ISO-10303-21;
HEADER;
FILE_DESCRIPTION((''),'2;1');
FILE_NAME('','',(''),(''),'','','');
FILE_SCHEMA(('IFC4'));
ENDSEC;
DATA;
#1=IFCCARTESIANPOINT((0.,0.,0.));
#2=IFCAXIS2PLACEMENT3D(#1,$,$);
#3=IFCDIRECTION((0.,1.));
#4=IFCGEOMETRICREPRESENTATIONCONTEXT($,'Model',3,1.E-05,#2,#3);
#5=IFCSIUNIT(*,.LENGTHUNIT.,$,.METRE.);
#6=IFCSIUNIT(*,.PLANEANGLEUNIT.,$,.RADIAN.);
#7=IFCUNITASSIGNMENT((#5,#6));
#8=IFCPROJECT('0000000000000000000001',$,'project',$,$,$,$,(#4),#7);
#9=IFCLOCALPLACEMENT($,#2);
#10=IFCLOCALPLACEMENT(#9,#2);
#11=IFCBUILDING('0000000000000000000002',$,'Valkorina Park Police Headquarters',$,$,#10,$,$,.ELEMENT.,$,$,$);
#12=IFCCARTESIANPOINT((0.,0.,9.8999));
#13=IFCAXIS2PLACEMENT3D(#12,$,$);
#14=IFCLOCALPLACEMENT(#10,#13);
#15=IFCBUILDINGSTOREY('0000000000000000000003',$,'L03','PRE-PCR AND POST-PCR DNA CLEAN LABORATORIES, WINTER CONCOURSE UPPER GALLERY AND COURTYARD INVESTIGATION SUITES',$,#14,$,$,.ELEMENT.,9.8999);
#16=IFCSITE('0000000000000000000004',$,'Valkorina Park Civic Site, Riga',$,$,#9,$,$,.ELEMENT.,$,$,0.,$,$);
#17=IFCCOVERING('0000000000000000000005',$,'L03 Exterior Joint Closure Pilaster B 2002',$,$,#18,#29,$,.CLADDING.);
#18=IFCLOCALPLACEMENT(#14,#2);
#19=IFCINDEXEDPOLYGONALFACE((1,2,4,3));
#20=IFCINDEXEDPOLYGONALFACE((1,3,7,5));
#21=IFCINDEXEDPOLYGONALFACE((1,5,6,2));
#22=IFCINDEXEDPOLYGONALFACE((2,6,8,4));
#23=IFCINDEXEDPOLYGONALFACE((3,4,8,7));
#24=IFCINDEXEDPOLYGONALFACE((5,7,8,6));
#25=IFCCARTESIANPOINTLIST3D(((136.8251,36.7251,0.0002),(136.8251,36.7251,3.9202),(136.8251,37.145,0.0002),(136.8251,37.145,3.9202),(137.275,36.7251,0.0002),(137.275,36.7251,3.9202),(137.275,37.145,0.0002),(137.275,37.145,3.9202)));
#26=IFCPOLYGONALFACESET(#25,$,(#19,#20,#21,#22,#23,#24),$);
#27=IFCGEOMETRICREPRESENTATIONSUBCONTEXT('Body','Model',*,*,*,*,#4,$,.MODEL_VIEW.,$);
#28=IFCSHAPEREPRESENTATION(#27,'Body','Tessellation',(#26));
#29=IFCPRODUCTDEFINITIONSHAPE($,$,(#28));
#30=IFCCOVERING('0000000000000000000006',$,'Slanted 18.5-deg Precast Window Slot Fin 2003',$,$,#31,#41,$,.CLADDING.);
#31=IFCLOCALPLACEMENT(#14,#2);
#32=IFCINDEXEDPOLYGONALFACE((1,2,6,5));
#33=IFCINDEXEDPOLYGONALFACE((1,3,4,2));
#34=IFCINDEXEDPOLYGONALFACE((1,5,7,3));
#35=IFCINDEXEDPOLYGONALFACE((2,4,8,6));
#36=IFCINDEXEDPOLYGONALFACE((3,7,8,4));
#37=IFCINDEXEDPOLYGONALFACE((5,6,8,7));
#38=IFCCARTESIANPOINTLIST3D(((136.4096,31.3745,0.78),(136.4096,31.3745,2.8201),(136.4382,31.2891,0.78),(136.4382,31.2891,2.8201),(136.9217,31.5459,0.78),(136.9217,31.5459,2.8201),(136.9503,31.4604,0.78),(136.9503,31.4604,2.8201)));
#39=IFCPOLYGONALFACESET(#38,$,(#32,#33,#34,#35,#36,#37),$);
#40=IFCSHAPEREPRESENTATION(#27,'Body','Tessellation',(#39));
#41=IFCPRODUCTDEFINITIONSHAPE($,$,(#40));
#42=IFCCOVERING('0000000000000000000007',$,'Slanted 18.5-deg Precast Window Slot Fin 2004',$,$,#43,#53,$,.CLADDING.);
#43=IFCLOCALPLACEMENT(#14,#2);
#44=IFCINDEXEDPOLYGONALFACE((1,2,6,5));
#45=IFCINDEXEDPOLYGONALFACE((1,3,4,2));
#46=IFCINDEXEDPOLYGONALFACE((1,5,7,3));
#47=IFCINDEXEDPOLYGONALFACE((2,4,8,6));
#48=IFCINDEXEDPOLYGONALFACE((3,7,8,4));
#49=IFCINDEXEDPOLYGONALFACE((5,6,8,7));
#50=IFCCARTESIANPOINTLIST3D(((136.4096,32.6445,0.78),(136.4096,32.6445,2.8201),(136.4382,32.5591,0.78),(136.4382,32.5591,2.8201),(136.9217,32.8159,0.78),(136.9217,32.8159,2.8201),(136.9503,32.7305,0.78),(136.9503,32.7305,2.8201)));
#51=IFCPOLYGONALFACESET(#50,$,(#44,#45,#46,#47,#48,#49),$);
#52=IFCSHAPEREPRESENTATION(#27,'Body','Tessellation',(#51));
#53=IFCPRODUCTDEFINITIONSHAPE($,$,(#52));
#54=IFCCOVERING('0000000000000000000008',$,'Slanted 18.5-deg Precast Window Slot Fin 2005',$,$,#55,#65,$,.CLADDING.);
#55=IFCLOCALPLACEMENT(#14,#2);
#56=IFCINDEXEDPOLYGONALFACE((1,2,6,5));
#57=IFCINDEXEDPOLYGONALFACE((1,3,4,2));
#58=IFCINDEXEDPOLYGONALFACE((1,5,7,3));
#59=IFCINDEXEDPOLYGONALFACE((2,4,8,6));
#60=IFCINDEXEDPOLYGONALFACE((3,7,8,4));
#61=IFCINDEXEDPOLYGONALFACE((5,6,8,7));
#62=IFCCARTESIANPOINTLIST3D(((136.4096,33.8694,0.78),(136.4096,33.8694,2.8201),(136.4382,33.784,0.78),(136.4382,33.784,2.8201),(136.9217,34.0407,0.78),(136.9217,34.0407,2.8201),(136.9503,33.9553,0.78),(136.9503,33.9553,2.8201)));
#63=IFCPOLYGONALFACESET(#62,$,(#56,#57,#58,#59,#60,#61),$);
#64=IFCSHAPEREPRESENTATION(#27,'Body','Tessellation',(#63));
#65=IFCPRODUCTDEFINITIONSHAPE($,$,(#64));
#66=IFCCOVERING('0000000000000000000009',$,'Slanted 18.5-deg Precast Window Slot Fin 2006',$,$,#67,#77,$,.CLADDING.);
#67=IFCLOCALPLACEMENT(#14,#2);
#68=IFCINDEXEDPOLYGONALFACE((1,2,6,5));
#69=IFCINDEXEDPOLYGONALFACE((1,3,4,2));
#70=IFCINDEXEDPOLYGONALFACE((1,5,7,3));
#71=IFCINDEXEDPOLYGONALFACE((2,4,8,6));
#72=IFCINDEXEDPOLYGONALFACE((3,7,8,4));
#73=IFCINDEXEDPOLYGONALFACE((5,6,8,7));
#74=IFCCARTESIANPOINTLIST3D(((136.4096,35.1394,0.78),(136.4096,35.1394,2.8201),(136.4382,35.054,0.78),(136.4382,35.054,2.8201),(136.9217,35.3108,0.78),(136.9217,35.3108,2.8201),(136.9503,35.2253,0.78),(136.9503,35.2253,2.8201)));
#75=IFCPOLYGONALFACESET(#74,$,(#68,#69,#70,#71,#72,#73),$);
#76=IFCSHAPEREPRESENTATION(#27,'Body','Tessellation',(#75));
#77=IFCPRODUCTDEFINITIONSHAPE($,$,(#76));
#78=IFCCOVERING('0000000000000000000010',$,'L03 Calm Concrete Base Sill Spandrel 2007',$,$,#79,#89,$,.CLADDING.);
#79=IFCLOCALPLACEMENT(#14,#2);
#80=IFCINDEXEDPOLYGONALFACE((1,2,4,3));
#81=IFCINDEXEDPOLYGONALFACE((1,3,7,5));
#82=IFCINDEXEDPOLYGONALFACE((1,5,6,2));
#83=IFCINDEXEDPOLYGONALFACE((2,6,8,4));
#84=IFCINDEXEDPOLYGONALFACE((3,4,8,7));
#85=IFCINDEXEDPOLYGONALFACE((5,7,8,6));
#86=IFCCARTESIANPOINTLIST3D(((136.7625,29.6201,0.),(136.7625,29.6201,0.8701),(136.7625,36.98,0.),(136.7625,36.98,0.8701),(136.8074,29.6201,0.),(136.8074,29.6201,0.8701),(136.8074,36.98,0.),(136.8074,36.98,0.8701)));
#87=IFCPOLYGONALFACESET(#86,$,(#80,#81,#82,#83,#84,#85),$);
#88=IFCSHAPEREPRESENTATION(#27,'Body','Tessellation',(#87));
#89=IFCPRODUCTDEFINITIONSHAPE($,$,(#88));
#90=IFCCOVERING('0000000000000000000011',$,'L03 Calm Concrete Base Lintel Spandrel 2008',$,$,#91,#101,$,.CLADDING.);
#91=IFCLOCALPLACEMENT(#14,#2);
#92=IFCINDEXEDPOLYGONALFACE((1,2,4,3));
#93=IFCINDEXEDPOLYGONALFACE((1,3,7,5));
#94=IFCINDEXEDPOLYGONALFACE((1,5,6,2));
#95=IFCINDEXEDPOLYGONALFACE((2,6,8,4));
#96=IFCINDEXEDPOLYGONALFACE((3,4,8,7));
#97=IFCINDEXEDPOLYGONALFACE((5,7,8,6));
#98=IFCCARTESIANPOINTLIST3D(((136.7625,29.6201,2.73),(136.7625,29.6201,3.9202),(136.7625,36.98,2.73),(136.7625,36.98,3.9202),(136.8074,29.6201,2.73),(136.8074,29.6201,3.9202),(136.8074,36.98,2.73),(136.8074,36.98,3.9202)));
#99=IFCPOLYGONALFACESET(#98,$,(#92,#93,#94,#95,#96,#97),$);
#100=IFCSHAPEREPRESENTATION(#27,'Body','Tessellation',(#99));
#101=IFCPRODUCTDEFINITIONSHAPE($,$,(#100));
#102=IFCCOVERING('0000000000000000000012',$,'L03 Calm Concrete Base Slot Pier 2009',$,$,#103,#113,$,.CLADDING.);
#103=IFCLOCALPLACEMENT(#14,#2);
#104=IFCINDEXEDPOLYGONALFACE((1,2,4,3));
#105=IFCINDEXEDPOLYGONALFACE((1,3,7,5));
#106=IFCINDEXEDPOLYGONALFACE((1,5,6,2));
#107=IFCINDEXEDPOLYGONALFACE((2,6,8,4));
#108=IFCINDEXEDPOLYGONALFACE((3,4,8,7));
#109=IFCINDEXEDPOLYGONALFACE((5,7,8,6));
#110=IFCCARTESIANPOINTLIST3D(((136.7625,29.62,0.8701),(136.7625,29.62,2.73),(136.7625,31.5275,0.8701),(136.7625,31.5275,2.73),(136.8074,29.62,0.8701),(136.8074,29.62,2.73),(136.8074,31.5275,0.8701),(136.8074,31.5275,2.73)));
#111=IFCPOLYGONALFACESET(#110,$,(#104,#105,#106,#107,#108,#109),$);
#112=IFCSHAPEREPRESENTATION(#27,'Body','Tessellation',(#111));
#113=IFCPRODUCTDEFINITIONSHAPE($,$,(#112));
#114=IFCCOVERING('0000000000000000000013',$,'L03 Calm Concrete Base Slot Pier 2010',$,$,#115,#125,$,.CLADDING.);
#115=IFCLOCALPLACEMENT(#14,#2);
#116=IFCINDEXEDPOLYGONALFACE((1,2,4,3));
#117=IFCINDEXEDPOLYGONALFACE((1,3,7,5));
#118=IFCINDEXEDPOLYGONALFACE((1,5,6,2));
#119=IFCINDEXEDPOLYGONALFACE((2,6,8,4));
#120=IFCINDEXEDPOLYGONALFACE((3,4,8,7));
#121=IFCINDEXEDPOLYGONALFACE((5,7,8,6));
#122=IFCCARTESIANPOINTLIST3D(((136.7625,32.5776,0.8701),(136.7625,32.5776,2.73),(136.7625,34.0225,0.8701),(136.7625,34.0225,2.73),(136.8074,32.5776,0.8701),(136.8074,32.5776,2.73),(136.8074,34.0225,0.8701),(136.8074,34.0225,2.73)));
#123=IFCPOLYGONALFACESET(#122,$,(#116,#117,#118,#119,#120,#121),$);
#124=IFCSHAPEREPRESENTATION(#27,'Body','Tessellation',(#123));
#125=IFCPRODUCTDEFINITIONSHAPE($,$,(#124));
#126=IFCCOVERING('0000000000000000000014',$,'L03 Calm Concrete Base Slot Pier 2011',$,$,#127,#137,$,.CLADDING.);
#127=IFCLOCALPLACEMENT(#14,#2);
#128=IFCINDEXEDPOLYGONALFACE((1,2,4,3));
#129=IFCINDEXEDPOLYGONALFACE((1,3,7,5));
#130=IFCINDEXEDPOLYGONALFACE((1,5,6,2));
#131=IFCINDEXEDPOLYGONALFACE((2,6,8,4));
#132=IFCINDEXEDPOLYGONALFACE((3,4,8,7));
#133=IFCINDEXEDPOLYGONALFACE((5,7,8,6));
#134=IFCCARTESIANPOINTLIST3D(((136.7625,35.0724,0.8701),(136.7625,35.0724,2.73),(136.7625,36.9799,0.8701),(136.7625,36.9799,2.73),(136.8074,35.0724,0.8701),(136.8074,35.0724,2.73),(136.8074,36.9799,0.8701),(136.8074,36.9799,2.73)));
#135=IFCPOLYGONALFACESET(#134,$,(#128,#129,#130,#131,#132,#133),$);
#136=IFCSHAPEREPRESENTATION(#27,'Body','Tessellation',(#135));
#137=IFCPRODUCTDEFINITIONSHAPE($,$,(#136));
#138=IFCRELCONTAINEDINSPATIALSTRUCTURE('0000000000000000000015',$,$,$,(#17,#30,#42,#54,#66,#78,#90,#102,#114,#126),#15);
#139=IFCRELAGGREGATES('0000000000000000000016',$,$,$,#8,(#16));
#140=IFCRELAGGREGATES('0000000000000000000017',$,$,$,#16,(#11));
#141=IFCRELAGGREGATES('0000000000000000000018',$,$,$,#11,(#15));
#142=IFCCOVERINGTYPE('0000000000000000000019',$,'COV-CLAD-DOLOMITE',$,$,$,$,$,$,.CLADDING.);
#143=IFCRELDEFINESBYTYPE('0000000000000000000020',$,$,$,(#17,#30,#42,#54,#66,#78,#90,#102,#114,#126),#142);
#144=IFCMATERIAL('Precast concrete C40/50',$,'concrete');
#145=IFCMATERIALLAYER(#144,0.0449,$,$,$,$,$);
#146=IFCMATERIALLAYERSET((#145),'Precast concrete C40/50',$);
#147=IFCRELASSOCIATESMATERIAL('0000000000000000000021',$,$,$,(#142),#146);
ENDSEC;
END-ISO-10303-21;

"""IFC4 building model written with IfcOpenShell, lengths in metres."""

from ifc_helpers import new_model, si_unit, direction, frame, frame_2d, origin, origin_2d, place, context, subcontext, project, spatial, rectangle, extrude, material, layer, layer_set, type_object, element, save


model = new_model("IFC4")

# Units and contexts
model_context = context("Model", 3, precision=1e-05, world=origin(), true_north=direction((0.0, 1.0)))
body_context = subcontext(model_context, "Body", "Model", "MODEL_VIEW")
ifc_project = project(units=[si_unit("LENGTHUNIT", "METRE"), si_unit("PLANEANGLEUNIT", "RADIAN")], contexts=[model_context])

# Site, building, storey
site_placement = place(None, origin())
site = spatial("IfcSite", under=ifc_project, at=site_placement, Name="Valkorina Park Civic Site, Riga", CompositionType="ELEMENT", RefElevation=0.0)
building_placement = place(site_placement, origin())
building = spatial("IfcBuilding", under=site, at=building_placement, Name="Valkorina Park Police Headquarters", CompositionType="ELEMENT")
storey_placement = place(building_placement, frame((0.0, 0.0, 9.8999)))
storey = spatial("IfcBuildingStorey", under=building, at=storey_placement, Name="L03", Description="PRE-PCR AND POST-PCR DNA CLEAN LABORATORIES, WINTER CONCOURSE UPPER GALLERY AND COURTYARD INVESTIGATION SUITES", CompositionType="ELEMENT", Elevation=9.8999)

# Shared definitions
ifc_material_1 = material(Name="Precast concrete C40/50", Category="concrete")

# Coverings
ifc_layer_1 = layer(ifc_material_1, 0.0449)
ifc_layer_set_1 = layer_set([ifc_layer_1], Name="Precast concrete C40/50")
covering_type = type_object("IfcCoveringType", Name="COV-CLAD-DOLOMITE", PredefinedType="CLADDING", material=ifc_layer_set_1)
for number, where, z_axis, x_axis, name in (
    (1, (137.05, 36.9351, 0.0002), (0.0, 0.0, 1.0), (0.0, 1.0, 0.0), "L03 Exterior Joint Closure Pilaster B 2002"),
):
    element("IfcCovering", number, at=place(storey_placement, frame(where, z_axis=z_axis, x_axis=x_axis)), inside=storey, type_object=covering_type, Name=name, PredefinedType="CLADDING", context=body_context, shape_type="SweptSolid", body=[
        extrude(rectangle(XDim=0.4199, YDim=0.45, at=origin_2d()), origin(), (0.0, 0.0, 1.0), 3.9199),
    ])
for number, where, z_axis, x_axis, name in (
    (2, (136.6799, 31.4175, 0.78), (0.0, 0.0, 1.0), (-0.948324, -0.317305, 0.0), "Slanted 18.5-deg Precast Window Slot Fin 2003"),
    (3, (136.6799, 32.6875, 0.78), (0.0, 0.0, 1.0), (-0.948324, -0.317305, 0.0), "Slanted 18.5-deg Precast Window Slot Fin 2004"),
    (4, (136.6799, 33.9124, 0.78), (0.0, 0.0, 1.0), (-0.948324, -0.317305, 0.0), "Slanted 18.5-deg Precast Window Slot Fin 2005"),
    (5, (136.6799, 35.1824, 0.78), (0.0, 0.0, 1.0), (-0.948324, -0.317305, 0.0), "Slanted 18.5-deg Precast Window Slot Fin 2006"),
):
    element("IfcCovering", number, at=place(storey_placement, frame(where, z_axis=z_axis, x_axis=x_axis)), inside=storey, type_object=covering_type, Name=name, PredefinedType="CLADDING", context=body_context, shape_type="SweptSolid", body=[
        extrude(rectangle(XDim=0.54, YDim=0.0901, at=origin_2d()), origin(), (0.0, 0.0, 1.0), 2.04),
    ])
covering_1_placement = place(storey_placement, frame((136.7849, 29.6201, 0.0), z_axis=(0.0, 0.0, 1.0), x_axis=(0.0, 1.0, 0.0)))
element("IfcCovering", 6, at=covering_1_placement, inside=storey, type_object=covering_type, Name="L03 Calm Concrete Base Sill Spandrel 2007", PredefinedType="CLADDING", context=body_context, shape_type="SweptSolid", body=[
    extrude(rectangle(XDim=7.3599, YDim=0.0449, at=frame_2d((3.6799, 0.0))), origin(), (0.0, 0.0, 1.0), 0.8701),
])
covering_2_placement = place(storey_placement, frame((136.7849, 29.6201, 2.73), z_axis=(0.0, 0.0, 1.0), x_axis=(0.0, 1.0, 0.0)))
element("IfcCovering", 7, at=covering_2_placement, inside=storey, type_object=covering_type, Name="L03 Calm Concrete Base Lintel Spandrel 2008", PredefinedType="CLADDING", context=body_context, shape_type="SweptSolid", body=[
    extrude(rectangle(XDim=7.3599, YDim=0.0449, at=frame_2d((3.6799, 0.0))), origin(), (0.0, 0.0, 1.0), 1.1902),
])
covering_3_placement = place(storey_placement, frame((136.7849, 29.6201, 0.8701), z_axis=(0.0, 0.0, 1.0), x_axis=(0.0, 1.0, 0.0)))
element("IfcCovering", 8, at=covering_3_placement, inside=storey, type_object=covering_type, Name="L03 Calm Concrete Base Slot Pier 2009", PredefinedType="CLADDING", context=body_context, shape_type="SweptSolid", body=[
    extrude(rectangle(XDim=1.9075, YDim=0.0449, at=frame_2d((0.9536, 0.0))), origin(), (0.0, 0.0, 1.0), 1.8599),
])
covering_4_placement = place(storey_placement, frame((136.7849, 32.5776, 0.8701), z_axis=(0.0, 0.0, 1.0), x_axis=(0.0, 1.0, 0.0)))
element("IfcCovering", 9, at=covering_4_placement, inside=storey, type_object=covering_type, Name="L03 Calm Concrete Base Slot Pier 2010", PredefinedType="CLADDING", context=body_context, shape_type="SweptSolid", body=[
    extrude(rectangle(XDim=1.4448, YDim=0.0449, at=frame_2d((0.7224, 0.0))), origin(), (0.0, 0.0, 1.0), 1.8599),
])
covering_5_placement = place(storey_placement, frame((136.7849, 35.0725, 0.8701), z_axis=(0.0, 0.0, 1.0), x_axis=(0.0, 1.0, 0.0)))
element("IfcCovering", 10, at=covering_5_placement, inside=storey, type_object=covering_type, Name="L03 Calm Concrete Base Slot Pier 2011", PredefinedType="CLADDING", context=body_context, shape_type="SweptSolid", body=[
    extrude(rectangle(XDim=1.9075, YDim=0.0449, at=frame_2d((0.9536, 0.0))), origin(), (0.0, 0.0, 1.0), 1.8599),
])

save(model, "model.ifc")
